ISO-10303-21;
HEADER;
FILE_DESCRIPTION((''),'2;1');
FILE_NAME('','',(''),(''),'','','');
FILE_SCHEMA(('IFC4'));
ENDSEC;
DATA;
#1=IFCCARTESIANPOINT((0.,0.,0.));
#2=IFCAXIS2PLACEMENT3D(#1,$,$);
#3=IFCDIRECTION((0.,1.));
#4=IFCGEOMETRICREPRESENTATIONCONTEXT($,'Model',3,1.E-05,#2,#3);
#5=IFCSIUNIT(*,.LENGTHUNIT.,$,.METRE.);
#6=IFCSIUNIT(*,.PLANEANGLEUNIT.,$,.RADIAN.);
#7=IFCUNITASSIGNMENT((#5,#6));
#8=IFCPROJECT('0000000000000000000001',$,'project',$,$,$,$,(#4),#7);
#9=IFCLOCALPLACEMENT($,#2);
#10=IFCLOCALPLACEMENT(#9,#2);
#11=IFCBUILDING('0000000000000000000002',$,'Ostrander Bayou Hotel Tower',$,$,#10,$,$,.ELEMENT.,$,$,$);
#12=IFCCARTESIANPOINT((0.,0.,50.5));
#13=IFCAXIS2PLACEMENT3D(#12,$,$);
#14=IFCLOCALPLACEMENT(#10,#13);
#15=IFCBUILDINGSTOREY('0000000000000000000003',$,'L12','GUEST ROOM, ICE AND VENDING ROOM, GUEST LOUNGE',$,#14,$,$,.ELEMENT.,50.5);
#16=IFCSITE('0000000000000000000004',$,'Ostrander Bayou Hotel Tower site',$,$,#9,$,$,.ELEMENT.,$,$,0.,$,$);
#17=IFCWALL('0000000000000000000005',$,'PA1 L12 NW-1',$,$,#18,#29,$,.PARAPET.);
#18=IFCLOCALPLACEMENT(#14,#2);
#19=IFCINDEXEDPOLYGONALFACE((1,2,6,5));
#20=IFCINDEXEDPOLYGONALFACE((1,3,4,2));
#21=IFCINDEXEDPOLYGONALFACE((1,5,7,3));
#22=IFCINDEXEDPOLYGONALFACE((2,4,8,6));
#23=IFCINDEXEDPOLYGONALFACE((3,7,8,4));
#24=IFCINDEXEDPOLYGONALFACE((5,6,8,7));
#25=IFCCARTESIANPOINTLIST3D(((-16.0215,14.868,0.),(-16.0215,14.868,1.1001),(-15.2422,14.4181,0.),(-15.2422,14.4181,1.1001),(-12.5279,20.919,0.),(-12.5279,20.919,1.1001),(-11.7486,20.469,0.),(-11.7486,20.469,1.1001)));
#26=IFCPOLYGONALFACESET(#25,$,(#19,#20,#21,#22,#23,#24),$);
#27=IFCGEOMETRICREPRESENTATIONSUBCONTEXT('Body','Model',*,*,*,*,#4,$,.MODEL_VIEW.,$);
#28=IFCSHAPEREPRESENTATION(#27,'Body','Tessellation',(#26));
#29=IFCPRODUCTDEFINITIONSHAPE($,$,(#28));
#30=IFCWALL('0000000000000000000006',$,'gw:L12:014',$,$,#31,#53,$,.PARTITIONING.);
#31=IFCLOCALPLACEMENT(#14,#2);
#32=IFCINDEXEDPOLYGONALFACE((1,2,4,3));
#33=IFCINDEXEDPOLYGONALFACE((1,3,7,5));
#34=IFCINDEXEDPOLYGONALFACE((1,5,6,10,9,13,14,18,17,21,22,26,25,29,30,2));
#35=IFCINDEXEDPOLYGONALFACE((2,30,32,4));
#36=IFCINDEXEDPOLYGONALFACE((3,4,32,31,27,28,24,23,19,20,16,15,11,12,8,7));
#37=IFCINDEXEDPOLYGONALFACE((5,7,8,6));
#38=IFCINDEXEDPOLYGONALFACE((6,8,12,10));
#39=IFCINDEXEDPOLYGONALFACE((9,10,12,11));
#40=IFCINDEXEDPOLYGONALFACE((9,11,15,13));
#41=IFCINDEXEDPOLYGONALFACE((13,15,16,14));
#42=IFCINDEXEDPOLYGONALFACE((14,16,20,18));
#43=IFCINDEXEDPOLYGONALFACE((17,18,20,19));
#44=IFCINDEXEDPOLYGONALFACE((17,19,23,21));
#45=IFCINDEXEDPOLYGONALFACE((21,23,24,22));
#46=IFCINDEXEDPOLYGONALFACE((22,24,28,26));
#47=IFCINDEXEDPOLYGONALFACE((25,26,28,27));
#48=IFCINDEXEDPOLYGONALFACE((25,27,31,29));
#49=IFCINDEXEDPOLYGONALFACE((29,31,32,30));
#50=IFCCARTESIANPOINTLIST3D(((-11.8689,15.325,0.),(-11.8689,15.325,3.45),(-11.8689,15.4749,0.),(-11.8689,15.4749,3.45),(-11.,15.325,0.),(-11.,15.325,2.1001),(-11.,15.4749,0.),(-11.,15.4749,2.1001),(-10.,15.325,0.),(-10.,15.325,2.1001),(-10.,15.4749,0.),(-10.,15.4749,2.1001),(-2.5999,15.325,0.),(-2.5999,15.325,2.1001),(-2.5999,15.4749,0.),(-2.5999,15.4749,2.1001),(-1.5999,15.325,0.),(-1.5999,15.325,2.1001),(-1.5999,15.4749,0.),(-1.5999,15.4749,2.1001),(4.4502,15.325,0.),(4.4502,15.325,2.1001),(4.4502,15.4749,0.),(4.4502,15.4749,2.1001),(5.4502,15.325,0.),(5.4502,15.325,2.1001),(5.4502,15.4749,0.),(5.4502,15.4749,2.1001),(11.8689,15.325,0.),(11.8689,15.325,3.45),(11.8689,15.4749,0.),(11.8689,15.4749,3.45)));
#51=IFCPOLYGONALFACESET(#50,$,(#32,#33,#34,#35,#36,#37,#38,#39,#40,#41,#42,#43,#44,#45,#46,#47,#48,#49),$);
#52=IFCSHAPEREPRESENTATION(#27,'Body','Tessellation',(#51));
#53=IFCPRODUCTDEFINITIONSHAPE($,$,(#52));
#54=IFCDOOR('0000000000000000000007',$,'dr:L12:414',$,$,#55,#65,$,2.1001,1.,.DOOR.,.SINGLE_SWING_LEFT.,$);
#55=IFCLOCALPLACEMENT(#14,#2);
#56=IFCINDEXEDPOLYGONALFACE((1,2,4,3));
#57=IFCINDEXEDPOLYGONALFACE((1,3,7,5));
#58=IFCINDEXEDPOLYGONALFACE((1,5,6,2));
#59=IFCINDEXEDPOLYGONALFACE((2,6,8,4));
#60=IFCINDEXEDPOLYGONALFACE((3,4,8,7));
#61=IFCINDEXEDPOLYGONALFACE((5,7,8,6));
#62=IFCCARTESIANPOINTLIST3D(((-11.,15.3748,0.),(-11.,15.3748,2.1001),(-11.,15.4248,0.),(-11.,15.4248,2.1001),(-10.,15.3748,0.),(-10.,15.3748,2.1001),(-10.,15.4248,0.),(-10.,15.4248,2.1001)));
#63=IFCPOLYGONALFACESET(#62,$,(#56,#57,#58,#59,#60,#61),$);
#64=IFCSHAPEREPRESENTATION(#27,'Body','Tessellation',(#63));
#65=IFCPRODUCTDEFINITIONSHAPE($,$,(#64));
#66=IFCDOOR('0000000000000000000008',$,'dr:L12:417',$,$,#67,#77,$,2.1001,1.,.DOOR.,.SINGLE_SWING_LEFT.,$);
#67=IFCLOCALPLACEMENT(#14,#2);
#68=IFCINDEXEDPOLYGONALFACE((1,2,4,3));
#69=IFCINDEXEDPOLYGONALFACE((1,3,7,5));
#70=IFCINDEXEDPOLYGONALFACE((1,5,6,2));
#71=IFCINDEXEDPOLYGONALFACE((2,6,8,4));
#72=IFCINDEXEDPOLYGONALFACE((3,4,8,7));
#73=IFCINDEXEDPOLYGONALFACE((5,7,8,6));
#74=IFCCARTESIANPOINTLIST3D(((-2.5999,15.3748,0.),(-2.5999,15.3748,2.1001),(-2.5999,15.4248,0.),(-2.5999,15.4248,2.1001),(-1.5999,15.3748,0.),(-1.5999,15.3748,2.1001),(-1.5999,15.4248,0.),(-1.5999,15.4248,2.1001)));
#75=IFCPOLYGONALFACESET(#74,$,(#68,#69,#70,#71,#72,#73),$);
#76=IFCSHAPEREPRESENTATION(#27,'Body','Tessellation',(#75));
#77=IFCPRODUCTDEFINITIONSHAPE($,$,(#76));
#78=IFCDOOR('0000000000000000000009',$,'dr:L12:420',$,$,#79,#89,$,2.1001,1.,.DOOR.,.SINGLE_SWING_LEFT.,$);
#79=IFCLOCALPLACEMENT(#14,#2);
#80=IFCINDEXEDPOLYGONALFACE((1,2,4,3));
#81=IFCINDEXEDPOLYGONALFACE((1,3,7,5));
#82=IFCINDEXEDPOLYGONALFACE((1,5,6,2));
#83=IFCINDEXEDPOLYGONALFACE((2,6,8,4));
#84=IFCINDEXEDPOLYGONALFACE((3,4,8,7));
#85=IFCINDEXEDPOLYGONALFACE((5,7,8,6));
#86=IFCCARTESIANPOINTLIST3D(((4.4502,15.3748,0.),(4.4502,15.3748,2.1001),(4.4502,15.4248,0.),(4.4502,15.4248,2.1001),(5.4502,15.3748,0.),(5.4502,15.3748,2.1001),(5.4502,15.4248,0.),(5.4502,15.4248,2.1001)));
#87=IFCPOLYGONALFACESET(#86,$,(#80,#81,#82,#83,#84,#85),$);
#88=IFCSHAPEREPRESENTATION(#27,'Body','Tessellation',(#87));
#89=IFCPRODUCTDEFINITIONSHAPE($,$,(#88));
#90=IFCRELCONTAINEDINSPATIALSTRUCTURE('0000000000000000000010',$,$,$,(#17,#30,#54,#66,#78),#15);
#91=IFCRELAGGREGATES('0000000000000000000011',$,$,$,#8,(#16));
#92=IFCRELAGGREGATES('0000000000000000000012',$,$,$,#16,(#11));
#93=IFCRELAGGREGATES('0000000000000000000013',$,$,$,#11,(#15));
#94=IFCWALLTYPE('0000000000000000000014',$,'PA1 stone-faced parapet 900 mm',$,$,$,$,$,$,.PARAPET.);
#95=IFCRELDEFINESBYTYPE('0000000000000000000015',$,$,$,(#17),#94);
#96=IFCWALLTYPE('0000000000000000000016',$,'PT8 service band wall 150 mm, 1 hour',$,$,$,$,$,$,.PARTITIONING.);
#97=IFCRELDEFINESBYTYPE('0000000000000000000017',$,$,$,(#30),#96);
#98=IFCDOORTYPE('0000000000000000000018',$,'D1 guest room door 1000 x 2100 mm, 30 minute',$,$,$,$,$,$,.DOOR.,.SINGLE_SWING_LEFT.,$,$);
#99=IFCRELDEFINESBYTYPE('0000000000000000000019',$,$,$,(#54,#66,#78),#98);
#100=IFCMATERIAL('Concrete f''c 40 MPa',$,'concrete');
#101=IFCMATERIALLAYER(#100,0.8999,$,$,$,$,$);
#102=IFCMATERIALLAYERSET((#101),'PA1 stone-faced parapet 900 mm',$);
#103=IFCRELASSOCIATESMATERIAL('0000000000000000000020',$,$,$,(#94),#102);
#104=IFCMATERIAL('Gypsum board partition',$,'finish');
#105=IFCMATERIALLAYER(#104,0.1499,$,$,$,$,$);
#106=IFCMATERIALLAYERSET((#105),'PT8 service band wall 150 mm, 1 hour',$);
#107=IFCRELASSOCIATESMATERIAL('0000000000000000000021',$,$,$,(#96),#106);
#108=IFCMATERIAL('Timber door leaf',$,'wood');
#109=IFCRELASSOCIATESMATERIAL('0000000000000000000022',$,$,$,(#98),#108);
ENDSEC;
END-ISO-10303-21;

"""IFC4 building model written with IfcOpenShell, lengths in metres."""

from ifc_helpers import new_model, si_unit, direction, frame, frame_2d, origin, place, context, subcontext, project, spatial, rectangle, extrude, material, layer, layer_set, type_object, element, fill, save


model = new_model("IFC4")

# Units and contexts
model_context = context("Model", 3, precision=1e-05, world=origin(), true_north=direction((0.0, 1.0)))
body_context = subcontext(model_context, "Body", "Model", "MODEL_VIEW")
ifc_project = project(units=[si_unit("LENGTHUNIT", "METRE"), si_unit("PLANEANGLEUNIT", "RADIAN")], contexts=[model_context])

# Site, building, storey
site_placement = place(None, origin())
site = spatial("IfcSite", under=ifc_project, at=site_placement, Name="Ostrander Bayou Hotel Tower site", CompositionType="ELEMENT", RefElevation=0.0)
building_placement = place(site_placement, origin())
building = spatial("IfcBuilding", under=site, at=building_placement, Name="Ostrander Bayou Hotel Tower", CompositionType="ELEMENT")
storey_placement = place(building_placement, frame((0.0, 0.0, 50.5)))
storey = spatial("IfcBuildingStorey", under=building, at=storey_placement, Name="L12", Description="GUEST ROOM, ICE AND VENDING ROOM, GUEST LOUNGE", CompositionType="ELEMENT", Elevation=50.5)

# Wall
ifc_material_1 = material(Name="Concrete f'c 40 MPa", Category="concrete")
ifc_layer_1 = layer(ifc_material_1, 0.8999)
ifc_layer_set_1 = layer_set([ifc_layer_1], Name="PA1 stone-faced parapet 900 mm")
wall_type_1 = type_object("IfcWallType", Name="PA1 stone-faced parapet 900 mm", PredefinedType="PARAPET", material=ifc_layer_set_1)
wall_1_placement = place(storey_placement, frame((-12.1382, 20.6941, 0.0), z_axis=(0.0, 0.0, 1.0), x_axis=(-0.50001, -0.86602, 0.0)))
element("IfcWall", 1, at=wall_1_placement, inside=storey, type_object=wall_type_1, Name="PA1 L12 NW-1", PredefinedType="PARAPET", context=body_context, shape_type="SweptSolid", body=[
    extrude(rectangle(XDim=6.9871, YDim=0.8999, at=frame_2d((3.4937, 0.0))), origin(), (0.0, 0.0, 1.0), 1.1001),
])

# Wall, openings, doors
ifc_material_2 = material(Name="Gypsum board partition", Category="finish")
ifc_layer_2 = layer(ifc_material_2, 0.1499)
ifc_layer_set_2 = layer_set([ifc_layer_2], Name="PT8 service band wall 150 mm, 1 hour")
wall_type_2 = type_object("IfcWallType", Name="PT8 service band wall 150 mm, 1 hour", PredefinedType="PARTITIONING", material=ifc_layer_set_2)
wall_2_placement = place(storey_placement, frame((-11.8689, 15.3999, 0.0), z_axis=(0.0, 0.0, 1.0), x_axis=(1.0, 0.0, 0.0)))
wall_2 = element("IfcWall", 2, at=wall_2_placement, inside=storey, type_object=wall_type_2, Name="gw:L12:014", PredefinedType="PARTITIONING", context=body_context, shape_type="SweptSolid", body=[
    extrude(rectangle(XDim=23.7378, YDim=0.1499, at=frame_2d((11.8689, 0.0))), origin(), (0.0, 0.0, 1.0), 3.45),
])
opening_1_placement = place(wall_2_placement, frame((0.8689, 0.0, 0.0)))
opening_1 = element("IfcOpeningElement", 3, at=opening_1_placement, cuts=wall_2, PredefinedType="OPENING", context=body_context, shape_type="SweptSolid", body=[
    extrude(rectangle(XDim=1.0, YDim=2.1001, at=frame_2d((0.5, 1.05))), frame((0.0, 0.075, 0.0), z_axis=(0.0, -1.0, 0.0), x_axis=(1.0, 0.0, 0.0)), (0.0, 0.0, 1.0), 0.1499),
])
opening_2_placement = place(wall_2_placement, frame((9.269, 0.0, 0.0)))
opening_2 = element("IfcOpeningElement", 4, at=opening_2_placement, cuts=wall_2, PredefinedType="OPENING", context=body_context, shape_type="SweptSolid", body=[
    extrude(rectangle(XDim=1.0, YDim=2.1001, at=frame_2d((0.5, 1.05))), frame((0.0, 0.075, 0.0), z_axis=(0.0, -1.0, 0.0), x_axis=(1.0, 0.0, 0.0)), (0.0, 0.0, 1.0), 0.1499),
])
opening_3_placement = place(wall_2_placement, frame((16.3191, 0.0, 0.0)))
opening_3 = element("IfcOpeningElement", 5, at=opening_3_placement, cuts=wall_2, PredefinedType="OPENING", context=body_context, shape_type="SweptSolid", body=[
    extrude(rectangle(XDim=1.0, YDim=2.1001, at=frame_2d((0.5, 1.05))), frame((0.0, 0.075, 0.0), z_axis=(0.0, -1.0, 0.0), x_axis=(1.0, 0.0, 0.0)), (0.0, 0.0, 1.0), 0.1499),
])
ifc_material_3 = material(Name="Timber door leaf", Category="wood")
door_type = type_object("IfcDoorType", Name="D1 guest room door 1000 x 2100 mm, 30 minute", OperationType="SINGLE_SWING_LEFT", PredefinedType="DOOR", material=ifc_material_3)
door_1_placement = place(opening_1_placement, origin())
door_1 = element("IfcDoor", 6, at=door_1_placement, inside=storey, type_object=door_type, Name="dr:L12:414", OperationType="SINGLE_SWING_LEFT", OverallHeight=2.1001, OverallWidth=1.0, PredefinedType="DOOR", context=body_context, shape_type="SweptSolid", body=[
    extrude(rectangle(XDim=1.0, YDim=2.1001, at=frame_2d((0.5, 1.05))), frame((0.0, 0.0249, 0.0), z_axis=(0.0, -1.0, 0.0), x_axis=(1.0, 0.0, 0.0)), (0.0, 0.0, 1.0), 0.05),
])
fill(opening_1, door_1)
door_2_placement = place(opening_2_placement, origin())
door_2 = element("IfcDoor", 7, at=door_2_placement, inside=storey, type_object=door_type, Name="dr:L12:417", OperationType="SINGLE_SWING_LEFT", OverallHeight=2.1001, OverallWidth=1.0, PredefinedType="DOOR", context=body_context, shape_type="SweptSolid", body=[
    extrude(rectangle(XDim=1.0, YDim=2.1001, at=frame_2d((0.5, 1.05))), frame((0.0, 0.0249, 0.0), z_axis=(0.0, -1.0, 0.0), x_axis=(1.0, 0.0, 0.0)), (0.0, 0.0, 1.0), 0.05),
])
fill(opening_2, door_2)
door_3_placement = place(opening_3_placement, origin())
door_3 = element("IfcDoor", 8, at=door_3_placement, inside=storey, type_object=door_type, Name="dr:L12:420", OperationType="SINGLE_SWING_LEFT", OverallHeight=2.1001, OverallWidth=1.0, PredefinedType="DOOR", context=body_context, shape_type="SweptSolid", body=[
    extrude(rectangle(XDim=1.0, YDim=2.1001, at=frame_2d((0.5, 1.05))), frame((0.0, 0.0249, 0.0), z_axis=(0.0, -1.0, 0.0), x_axis=(1.0, 0.0, 0.0)), (0.0, 0.0, 1.0), 0.05),
])
fill(opening_3, door_3)

save(model, "model.ifc")
